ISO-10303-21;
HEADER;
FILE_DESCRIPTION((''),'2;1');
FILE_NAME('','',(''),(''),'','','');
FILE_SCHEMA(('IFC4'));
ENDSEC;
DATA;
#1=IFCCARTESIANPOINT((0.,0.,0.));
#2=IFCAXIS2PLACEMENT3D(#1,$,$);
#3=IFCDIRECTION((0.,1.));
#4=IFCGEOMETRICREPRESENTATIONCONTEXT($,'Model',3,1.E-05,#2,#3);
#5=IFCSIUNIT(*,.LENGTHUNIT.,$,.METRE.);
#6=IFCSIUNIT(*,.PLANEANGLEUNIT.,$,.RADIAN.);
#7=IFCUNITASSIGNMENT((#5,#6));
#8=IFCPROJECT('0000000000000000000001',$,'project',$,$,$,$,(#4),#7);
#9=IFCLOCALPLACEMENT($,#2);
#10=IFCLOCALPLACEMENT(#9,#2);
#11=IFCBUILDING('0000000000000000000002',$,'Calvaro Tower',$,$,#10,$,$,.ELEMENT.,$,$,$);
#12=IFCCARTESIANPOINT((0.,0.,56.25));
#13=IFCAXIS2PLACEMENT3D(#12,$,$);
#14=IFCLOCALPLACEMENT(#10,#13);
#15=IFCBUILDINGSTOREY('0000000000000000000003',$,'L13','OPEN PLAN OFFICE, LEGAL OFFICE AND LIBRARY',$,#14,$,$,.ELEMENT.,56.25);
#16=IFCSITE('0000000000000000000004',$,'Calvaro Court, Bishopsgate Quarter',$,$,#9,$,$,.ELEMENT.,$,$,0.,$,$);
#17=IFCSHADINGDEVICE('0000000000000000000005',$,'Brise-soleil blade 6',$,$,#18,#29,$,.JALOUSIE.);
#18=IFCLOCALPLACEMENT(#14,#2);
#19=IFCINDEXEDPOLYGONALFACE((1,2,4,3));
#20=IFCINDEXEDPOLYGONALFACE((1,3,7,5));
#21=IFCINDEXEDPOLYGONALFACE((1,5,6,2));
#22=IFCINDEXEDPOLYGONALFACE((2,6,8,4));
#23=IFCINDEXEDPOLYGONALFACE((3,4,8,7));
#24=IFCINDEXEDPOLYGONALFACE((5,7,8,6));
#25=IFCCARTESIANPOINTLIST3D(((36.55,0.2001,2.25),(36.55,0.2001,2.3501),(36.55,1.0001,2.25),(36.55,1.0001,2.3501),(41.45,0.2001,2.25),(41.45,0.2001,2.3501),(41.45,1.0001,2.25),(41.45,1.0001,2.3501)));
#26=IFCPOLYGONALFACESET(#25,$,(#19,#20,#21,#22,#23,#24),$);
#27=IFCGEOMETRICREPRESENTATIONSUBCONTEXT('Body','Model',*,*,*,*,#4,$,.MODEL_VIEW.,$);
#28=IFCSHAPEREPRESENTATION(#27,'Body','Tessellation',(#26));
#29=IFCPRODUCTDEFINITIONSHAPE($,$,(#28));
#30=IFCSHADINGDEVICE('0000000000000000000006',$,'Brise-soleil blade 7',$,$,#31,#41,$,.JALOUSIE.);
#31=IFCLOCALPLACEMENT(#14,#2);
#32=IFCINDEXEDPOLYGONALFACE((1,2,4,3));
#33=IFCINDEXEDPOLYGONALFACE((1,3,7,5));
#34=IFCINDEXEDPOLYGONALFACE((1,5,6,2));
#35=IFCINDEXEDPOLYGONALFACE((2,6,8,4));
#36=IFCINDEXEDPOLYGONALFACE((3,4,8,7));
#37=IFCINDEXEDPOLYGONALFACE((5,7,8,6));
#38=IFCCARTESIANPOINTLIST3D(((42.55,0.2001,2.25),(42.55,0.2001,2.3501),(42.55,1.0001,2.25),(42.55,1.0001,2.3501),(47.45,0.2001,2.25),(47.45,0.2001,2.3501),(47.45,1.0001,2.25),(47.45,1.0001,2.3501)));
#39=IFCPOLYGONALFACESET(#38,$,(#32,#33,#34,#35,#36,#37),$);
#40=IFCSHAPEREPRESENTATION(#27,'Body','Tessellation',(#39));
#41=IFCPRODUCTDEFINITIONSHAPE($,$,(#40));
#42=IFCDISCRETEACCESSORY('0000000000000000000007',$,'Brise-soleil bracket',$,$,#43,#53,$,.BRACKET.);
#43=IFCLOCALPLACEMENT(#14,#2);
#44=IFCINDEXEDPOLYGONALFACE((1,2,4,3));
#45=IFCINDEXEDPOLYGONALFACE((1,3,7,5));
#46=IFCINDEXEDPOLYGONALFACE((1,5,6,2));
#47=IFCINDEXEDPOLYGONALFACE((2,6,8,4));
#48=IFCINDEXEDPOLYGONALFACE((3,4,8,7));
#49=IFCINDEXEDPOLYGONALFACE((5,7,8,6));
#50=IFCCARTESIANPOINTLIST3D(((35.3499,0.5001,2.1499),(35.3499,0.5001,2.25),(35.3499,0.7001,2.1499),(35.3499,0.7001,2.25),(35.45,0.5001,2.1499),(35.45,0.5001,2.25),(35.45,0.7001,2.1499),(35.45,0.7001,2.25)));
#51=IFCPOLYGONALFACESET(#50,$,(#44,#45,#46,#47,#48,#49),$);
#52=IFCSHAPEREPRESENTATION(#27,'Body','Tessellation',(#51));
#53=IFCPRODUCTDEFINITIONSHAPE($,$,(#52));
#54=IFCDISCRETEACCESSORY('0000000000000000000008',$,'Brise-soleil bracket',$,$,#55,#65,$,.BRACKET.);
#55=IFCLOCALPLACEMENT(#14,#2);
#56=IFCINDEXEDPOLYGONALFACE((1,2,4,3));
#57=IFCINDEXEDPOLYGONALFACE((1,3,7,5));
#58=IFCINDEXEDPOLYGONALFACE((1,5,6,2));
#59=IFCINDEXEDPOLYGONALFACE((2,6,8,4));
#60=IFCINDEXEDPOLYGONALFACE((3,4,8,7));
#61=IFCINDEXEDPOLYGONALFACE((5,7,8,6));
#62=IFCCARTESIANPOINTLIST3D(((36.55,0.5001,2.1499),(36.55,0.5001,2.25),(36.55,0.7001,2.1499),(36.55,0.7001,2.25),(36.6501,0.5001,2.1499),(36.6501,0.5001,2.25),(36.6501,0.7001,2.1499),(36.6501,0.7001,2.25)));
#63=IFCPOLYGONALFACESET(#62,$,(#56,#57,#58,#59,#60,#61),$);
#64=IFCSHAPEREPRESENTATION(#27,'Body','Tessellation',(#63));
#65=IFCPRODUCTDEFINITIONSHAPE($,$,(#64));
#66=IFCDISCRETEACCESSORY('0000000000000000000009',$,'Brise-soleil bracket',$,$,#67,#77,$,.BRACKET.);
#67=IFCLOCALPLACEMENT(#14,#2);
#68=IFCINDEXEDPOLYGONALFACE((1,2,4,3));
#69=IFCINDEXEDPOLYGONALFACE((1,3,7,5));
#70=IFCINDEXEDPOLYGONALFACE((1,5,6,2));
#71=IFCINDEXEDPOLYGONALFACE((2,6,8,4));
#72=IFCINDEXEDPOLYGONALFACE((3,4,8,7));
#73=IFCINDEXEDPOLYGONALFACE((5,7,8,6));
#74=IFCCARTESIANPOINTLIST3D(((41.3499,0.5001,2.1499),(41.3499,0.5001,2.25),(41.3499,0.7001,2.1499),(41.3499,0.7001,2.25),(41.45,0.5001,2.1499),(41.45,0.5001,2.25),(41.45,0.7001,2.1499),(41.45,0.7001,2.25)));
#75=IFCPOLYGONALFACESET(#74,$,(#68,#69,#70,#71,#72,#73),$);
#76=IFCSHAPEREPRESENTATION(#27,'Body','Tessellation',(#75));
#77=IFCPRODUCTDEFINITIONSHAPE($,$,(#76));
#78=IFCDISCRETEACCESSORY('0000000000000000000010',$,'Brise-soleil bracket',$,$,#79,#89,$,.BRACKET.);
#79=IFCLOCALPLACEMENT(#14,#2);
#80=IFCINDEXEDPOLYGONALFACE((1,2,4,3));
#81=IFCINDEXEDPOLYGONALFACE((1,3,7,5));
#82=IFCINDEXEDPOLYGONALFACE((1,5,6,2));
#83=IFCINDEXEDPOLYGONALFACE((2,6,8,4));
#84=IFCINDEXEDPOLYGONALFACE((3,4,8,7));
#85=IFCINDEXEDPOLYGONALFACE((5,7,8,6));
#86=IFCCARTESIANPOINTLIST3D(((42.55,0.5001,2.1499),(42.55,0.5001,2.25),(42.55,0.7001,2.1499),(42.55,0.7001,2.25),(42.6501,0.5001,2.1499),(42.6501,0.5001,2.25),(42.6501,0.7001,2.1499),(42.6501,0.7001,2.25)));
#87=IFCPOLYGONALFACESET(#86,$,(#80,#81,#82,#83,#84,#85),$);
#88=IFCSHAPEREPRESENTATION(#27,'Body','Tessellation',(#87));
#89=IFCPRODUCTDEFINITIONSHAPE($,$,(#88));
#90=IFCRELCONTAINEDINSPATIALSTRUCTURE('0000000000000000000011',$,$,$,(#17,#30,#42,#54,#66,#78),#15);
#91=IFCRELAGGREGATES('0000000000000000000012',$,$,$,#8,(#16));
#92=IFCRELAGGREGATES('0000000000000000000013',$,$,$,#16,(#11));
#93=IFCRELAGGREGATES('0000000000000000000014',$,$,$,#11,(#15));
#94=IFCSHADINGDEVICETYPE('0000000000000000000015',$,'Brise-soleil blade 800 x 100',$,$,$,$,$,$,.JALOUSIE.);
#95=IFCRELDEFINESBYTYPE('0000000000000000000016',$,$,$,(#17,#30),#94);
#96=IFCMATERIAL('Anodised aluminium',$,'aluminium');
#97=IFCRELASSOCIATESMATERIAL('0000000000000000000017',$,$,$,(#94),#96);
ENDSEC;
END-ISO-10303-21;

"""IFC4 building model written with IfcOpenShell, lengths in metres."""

from ifc_helpers import new_model, si_unit, direction, frame, origin, origin_2d, place, context, subcontext, project, spatial, rectangle, extrude, material, material_profile, profile_set, type_object, element, save


model = new_model("IFC4")

# Units and contexts
model_context = context("Model", 3, precision=1e-05, world=origin(), true_north=direction((0.0, 1.0)))
body_context = subcontext(model_context, "Body", "Model", "MODEL_VIEW")
ifc_project = project(units=[si_unit("LENGTHUNIT", "METRE"), si_unit("PLANEANGLEUNIT", "RADIAN")], contexts=[model_context])

# Site, building, storey
site_placement = place(None, origin())
site = spatial("IfcSite", under=ifc_project, at=site_placement, Name="Calvaro Court, Bishopsgate Quarter", CompositionType="ELEMENT", RefElevation=0.0)
building_placement = place(site_placement, origin())
building = spatial("IfcBuilding", under=site, at=building_placement, Name="Calvaro Tower", CompositionType="ELEMENT")
storey_placement = place(building_placement, frame((0.0, 0.0, 56.25)))
storey = spatial("IfcBuildingStorey", under=building, at=storey_placement, Name="L13", Description="OPEN PLAN OFFICE, LEGAL OFFICE AND LIBRARY", CompositionType="ELEMENT", Elevation=56.25)

# Shading devices
ifc_material_1 = material(Name="Anodised aluminium", Category="aluminium")
ifc_material_profile_1 = material_profile(ifc_material_1, rectangle(XDim=0.8, YDim=0.1001, at=origin_2d()), Name="Brise-soleil blade 800 x 100")
ifc_profile_set_1 = profile_set([ifc_material_profile_1], Name="Anodised aluminium")
shading_device_type = type_object("IfcShadingDeviceType", Name="Brise-soleil blade 800 x 100", PredefinedType="JALOUSIE", material=ifc_profile_set_1)
for number, where, z_axis, x_axis, name in (
    (1, (36.55, 0.6001, 2.3), (1.0, 0.0, 0.0), (0.0, 1.0, 0.0), "Brise-soleil blade 6"),
    (2, (42.55, 0.6001, 2.3), (1.0, 0.0, 0.0), (0.0, 1.0, 0.0), "Brise-soleil blade 7"),
):
    element("IfcShadingDevice", number, at=place(storey_placement, frame(where, z_axis=z_axis, x_axis=x_axis)), inside=storey, type_object=shading_device_type, Name=name, PredefinedType="JALOUSIE", context=body_context, shape_type="SweptSolid", body=[
        extrude(rectangle(XDim=0.8, YDim=0.1001, at=origin_2d()), origin(), (0.0, 0.0, 1.0), 4.8999),
    ])

# Discrete accessories
for number, where, z_axis, x_axis, name in (
    (3, (35.3999, 0.6001, 2.1499), (0.0, 0.0, 1.0), (1.0, 0.0, 0.0), "Brise-soleil bracket"),
    (4, (36.6001, 0.6001, 2.1499), (0.0, 0.0, 1.0), (1.0, 0.0, 0.0), "Brise-soleil bracket"),
    (5, (41.3999, 0.6001, 2.1499), (0.0, 0.0, 1.0), (1.0, 0.0, 0.0), "Brise-soleil bracket"),
    (6, (42.6001, 0.6001, 2.1499), (0.0, 0.0, 1.0), (1.0, 0.0, 0.0), "Brise-soleil bracket"),
):
    element("IfcDiscreteAccessory", number, at=place(storey_placement, frame(where, z_axis=z_axis, x_axis=x_axis)), inside=storey, Name=name, PredefinedType="BRACKET", context=body_context, shape_type="SweptSolid", body=[
        extrude(rectangle(XDim=0.1001, YDim=0.2, at=origin_2d()), origin(), (0.0, 0.0, 1.0), 0.1001),
    ])

save(model, "model.ifc")
